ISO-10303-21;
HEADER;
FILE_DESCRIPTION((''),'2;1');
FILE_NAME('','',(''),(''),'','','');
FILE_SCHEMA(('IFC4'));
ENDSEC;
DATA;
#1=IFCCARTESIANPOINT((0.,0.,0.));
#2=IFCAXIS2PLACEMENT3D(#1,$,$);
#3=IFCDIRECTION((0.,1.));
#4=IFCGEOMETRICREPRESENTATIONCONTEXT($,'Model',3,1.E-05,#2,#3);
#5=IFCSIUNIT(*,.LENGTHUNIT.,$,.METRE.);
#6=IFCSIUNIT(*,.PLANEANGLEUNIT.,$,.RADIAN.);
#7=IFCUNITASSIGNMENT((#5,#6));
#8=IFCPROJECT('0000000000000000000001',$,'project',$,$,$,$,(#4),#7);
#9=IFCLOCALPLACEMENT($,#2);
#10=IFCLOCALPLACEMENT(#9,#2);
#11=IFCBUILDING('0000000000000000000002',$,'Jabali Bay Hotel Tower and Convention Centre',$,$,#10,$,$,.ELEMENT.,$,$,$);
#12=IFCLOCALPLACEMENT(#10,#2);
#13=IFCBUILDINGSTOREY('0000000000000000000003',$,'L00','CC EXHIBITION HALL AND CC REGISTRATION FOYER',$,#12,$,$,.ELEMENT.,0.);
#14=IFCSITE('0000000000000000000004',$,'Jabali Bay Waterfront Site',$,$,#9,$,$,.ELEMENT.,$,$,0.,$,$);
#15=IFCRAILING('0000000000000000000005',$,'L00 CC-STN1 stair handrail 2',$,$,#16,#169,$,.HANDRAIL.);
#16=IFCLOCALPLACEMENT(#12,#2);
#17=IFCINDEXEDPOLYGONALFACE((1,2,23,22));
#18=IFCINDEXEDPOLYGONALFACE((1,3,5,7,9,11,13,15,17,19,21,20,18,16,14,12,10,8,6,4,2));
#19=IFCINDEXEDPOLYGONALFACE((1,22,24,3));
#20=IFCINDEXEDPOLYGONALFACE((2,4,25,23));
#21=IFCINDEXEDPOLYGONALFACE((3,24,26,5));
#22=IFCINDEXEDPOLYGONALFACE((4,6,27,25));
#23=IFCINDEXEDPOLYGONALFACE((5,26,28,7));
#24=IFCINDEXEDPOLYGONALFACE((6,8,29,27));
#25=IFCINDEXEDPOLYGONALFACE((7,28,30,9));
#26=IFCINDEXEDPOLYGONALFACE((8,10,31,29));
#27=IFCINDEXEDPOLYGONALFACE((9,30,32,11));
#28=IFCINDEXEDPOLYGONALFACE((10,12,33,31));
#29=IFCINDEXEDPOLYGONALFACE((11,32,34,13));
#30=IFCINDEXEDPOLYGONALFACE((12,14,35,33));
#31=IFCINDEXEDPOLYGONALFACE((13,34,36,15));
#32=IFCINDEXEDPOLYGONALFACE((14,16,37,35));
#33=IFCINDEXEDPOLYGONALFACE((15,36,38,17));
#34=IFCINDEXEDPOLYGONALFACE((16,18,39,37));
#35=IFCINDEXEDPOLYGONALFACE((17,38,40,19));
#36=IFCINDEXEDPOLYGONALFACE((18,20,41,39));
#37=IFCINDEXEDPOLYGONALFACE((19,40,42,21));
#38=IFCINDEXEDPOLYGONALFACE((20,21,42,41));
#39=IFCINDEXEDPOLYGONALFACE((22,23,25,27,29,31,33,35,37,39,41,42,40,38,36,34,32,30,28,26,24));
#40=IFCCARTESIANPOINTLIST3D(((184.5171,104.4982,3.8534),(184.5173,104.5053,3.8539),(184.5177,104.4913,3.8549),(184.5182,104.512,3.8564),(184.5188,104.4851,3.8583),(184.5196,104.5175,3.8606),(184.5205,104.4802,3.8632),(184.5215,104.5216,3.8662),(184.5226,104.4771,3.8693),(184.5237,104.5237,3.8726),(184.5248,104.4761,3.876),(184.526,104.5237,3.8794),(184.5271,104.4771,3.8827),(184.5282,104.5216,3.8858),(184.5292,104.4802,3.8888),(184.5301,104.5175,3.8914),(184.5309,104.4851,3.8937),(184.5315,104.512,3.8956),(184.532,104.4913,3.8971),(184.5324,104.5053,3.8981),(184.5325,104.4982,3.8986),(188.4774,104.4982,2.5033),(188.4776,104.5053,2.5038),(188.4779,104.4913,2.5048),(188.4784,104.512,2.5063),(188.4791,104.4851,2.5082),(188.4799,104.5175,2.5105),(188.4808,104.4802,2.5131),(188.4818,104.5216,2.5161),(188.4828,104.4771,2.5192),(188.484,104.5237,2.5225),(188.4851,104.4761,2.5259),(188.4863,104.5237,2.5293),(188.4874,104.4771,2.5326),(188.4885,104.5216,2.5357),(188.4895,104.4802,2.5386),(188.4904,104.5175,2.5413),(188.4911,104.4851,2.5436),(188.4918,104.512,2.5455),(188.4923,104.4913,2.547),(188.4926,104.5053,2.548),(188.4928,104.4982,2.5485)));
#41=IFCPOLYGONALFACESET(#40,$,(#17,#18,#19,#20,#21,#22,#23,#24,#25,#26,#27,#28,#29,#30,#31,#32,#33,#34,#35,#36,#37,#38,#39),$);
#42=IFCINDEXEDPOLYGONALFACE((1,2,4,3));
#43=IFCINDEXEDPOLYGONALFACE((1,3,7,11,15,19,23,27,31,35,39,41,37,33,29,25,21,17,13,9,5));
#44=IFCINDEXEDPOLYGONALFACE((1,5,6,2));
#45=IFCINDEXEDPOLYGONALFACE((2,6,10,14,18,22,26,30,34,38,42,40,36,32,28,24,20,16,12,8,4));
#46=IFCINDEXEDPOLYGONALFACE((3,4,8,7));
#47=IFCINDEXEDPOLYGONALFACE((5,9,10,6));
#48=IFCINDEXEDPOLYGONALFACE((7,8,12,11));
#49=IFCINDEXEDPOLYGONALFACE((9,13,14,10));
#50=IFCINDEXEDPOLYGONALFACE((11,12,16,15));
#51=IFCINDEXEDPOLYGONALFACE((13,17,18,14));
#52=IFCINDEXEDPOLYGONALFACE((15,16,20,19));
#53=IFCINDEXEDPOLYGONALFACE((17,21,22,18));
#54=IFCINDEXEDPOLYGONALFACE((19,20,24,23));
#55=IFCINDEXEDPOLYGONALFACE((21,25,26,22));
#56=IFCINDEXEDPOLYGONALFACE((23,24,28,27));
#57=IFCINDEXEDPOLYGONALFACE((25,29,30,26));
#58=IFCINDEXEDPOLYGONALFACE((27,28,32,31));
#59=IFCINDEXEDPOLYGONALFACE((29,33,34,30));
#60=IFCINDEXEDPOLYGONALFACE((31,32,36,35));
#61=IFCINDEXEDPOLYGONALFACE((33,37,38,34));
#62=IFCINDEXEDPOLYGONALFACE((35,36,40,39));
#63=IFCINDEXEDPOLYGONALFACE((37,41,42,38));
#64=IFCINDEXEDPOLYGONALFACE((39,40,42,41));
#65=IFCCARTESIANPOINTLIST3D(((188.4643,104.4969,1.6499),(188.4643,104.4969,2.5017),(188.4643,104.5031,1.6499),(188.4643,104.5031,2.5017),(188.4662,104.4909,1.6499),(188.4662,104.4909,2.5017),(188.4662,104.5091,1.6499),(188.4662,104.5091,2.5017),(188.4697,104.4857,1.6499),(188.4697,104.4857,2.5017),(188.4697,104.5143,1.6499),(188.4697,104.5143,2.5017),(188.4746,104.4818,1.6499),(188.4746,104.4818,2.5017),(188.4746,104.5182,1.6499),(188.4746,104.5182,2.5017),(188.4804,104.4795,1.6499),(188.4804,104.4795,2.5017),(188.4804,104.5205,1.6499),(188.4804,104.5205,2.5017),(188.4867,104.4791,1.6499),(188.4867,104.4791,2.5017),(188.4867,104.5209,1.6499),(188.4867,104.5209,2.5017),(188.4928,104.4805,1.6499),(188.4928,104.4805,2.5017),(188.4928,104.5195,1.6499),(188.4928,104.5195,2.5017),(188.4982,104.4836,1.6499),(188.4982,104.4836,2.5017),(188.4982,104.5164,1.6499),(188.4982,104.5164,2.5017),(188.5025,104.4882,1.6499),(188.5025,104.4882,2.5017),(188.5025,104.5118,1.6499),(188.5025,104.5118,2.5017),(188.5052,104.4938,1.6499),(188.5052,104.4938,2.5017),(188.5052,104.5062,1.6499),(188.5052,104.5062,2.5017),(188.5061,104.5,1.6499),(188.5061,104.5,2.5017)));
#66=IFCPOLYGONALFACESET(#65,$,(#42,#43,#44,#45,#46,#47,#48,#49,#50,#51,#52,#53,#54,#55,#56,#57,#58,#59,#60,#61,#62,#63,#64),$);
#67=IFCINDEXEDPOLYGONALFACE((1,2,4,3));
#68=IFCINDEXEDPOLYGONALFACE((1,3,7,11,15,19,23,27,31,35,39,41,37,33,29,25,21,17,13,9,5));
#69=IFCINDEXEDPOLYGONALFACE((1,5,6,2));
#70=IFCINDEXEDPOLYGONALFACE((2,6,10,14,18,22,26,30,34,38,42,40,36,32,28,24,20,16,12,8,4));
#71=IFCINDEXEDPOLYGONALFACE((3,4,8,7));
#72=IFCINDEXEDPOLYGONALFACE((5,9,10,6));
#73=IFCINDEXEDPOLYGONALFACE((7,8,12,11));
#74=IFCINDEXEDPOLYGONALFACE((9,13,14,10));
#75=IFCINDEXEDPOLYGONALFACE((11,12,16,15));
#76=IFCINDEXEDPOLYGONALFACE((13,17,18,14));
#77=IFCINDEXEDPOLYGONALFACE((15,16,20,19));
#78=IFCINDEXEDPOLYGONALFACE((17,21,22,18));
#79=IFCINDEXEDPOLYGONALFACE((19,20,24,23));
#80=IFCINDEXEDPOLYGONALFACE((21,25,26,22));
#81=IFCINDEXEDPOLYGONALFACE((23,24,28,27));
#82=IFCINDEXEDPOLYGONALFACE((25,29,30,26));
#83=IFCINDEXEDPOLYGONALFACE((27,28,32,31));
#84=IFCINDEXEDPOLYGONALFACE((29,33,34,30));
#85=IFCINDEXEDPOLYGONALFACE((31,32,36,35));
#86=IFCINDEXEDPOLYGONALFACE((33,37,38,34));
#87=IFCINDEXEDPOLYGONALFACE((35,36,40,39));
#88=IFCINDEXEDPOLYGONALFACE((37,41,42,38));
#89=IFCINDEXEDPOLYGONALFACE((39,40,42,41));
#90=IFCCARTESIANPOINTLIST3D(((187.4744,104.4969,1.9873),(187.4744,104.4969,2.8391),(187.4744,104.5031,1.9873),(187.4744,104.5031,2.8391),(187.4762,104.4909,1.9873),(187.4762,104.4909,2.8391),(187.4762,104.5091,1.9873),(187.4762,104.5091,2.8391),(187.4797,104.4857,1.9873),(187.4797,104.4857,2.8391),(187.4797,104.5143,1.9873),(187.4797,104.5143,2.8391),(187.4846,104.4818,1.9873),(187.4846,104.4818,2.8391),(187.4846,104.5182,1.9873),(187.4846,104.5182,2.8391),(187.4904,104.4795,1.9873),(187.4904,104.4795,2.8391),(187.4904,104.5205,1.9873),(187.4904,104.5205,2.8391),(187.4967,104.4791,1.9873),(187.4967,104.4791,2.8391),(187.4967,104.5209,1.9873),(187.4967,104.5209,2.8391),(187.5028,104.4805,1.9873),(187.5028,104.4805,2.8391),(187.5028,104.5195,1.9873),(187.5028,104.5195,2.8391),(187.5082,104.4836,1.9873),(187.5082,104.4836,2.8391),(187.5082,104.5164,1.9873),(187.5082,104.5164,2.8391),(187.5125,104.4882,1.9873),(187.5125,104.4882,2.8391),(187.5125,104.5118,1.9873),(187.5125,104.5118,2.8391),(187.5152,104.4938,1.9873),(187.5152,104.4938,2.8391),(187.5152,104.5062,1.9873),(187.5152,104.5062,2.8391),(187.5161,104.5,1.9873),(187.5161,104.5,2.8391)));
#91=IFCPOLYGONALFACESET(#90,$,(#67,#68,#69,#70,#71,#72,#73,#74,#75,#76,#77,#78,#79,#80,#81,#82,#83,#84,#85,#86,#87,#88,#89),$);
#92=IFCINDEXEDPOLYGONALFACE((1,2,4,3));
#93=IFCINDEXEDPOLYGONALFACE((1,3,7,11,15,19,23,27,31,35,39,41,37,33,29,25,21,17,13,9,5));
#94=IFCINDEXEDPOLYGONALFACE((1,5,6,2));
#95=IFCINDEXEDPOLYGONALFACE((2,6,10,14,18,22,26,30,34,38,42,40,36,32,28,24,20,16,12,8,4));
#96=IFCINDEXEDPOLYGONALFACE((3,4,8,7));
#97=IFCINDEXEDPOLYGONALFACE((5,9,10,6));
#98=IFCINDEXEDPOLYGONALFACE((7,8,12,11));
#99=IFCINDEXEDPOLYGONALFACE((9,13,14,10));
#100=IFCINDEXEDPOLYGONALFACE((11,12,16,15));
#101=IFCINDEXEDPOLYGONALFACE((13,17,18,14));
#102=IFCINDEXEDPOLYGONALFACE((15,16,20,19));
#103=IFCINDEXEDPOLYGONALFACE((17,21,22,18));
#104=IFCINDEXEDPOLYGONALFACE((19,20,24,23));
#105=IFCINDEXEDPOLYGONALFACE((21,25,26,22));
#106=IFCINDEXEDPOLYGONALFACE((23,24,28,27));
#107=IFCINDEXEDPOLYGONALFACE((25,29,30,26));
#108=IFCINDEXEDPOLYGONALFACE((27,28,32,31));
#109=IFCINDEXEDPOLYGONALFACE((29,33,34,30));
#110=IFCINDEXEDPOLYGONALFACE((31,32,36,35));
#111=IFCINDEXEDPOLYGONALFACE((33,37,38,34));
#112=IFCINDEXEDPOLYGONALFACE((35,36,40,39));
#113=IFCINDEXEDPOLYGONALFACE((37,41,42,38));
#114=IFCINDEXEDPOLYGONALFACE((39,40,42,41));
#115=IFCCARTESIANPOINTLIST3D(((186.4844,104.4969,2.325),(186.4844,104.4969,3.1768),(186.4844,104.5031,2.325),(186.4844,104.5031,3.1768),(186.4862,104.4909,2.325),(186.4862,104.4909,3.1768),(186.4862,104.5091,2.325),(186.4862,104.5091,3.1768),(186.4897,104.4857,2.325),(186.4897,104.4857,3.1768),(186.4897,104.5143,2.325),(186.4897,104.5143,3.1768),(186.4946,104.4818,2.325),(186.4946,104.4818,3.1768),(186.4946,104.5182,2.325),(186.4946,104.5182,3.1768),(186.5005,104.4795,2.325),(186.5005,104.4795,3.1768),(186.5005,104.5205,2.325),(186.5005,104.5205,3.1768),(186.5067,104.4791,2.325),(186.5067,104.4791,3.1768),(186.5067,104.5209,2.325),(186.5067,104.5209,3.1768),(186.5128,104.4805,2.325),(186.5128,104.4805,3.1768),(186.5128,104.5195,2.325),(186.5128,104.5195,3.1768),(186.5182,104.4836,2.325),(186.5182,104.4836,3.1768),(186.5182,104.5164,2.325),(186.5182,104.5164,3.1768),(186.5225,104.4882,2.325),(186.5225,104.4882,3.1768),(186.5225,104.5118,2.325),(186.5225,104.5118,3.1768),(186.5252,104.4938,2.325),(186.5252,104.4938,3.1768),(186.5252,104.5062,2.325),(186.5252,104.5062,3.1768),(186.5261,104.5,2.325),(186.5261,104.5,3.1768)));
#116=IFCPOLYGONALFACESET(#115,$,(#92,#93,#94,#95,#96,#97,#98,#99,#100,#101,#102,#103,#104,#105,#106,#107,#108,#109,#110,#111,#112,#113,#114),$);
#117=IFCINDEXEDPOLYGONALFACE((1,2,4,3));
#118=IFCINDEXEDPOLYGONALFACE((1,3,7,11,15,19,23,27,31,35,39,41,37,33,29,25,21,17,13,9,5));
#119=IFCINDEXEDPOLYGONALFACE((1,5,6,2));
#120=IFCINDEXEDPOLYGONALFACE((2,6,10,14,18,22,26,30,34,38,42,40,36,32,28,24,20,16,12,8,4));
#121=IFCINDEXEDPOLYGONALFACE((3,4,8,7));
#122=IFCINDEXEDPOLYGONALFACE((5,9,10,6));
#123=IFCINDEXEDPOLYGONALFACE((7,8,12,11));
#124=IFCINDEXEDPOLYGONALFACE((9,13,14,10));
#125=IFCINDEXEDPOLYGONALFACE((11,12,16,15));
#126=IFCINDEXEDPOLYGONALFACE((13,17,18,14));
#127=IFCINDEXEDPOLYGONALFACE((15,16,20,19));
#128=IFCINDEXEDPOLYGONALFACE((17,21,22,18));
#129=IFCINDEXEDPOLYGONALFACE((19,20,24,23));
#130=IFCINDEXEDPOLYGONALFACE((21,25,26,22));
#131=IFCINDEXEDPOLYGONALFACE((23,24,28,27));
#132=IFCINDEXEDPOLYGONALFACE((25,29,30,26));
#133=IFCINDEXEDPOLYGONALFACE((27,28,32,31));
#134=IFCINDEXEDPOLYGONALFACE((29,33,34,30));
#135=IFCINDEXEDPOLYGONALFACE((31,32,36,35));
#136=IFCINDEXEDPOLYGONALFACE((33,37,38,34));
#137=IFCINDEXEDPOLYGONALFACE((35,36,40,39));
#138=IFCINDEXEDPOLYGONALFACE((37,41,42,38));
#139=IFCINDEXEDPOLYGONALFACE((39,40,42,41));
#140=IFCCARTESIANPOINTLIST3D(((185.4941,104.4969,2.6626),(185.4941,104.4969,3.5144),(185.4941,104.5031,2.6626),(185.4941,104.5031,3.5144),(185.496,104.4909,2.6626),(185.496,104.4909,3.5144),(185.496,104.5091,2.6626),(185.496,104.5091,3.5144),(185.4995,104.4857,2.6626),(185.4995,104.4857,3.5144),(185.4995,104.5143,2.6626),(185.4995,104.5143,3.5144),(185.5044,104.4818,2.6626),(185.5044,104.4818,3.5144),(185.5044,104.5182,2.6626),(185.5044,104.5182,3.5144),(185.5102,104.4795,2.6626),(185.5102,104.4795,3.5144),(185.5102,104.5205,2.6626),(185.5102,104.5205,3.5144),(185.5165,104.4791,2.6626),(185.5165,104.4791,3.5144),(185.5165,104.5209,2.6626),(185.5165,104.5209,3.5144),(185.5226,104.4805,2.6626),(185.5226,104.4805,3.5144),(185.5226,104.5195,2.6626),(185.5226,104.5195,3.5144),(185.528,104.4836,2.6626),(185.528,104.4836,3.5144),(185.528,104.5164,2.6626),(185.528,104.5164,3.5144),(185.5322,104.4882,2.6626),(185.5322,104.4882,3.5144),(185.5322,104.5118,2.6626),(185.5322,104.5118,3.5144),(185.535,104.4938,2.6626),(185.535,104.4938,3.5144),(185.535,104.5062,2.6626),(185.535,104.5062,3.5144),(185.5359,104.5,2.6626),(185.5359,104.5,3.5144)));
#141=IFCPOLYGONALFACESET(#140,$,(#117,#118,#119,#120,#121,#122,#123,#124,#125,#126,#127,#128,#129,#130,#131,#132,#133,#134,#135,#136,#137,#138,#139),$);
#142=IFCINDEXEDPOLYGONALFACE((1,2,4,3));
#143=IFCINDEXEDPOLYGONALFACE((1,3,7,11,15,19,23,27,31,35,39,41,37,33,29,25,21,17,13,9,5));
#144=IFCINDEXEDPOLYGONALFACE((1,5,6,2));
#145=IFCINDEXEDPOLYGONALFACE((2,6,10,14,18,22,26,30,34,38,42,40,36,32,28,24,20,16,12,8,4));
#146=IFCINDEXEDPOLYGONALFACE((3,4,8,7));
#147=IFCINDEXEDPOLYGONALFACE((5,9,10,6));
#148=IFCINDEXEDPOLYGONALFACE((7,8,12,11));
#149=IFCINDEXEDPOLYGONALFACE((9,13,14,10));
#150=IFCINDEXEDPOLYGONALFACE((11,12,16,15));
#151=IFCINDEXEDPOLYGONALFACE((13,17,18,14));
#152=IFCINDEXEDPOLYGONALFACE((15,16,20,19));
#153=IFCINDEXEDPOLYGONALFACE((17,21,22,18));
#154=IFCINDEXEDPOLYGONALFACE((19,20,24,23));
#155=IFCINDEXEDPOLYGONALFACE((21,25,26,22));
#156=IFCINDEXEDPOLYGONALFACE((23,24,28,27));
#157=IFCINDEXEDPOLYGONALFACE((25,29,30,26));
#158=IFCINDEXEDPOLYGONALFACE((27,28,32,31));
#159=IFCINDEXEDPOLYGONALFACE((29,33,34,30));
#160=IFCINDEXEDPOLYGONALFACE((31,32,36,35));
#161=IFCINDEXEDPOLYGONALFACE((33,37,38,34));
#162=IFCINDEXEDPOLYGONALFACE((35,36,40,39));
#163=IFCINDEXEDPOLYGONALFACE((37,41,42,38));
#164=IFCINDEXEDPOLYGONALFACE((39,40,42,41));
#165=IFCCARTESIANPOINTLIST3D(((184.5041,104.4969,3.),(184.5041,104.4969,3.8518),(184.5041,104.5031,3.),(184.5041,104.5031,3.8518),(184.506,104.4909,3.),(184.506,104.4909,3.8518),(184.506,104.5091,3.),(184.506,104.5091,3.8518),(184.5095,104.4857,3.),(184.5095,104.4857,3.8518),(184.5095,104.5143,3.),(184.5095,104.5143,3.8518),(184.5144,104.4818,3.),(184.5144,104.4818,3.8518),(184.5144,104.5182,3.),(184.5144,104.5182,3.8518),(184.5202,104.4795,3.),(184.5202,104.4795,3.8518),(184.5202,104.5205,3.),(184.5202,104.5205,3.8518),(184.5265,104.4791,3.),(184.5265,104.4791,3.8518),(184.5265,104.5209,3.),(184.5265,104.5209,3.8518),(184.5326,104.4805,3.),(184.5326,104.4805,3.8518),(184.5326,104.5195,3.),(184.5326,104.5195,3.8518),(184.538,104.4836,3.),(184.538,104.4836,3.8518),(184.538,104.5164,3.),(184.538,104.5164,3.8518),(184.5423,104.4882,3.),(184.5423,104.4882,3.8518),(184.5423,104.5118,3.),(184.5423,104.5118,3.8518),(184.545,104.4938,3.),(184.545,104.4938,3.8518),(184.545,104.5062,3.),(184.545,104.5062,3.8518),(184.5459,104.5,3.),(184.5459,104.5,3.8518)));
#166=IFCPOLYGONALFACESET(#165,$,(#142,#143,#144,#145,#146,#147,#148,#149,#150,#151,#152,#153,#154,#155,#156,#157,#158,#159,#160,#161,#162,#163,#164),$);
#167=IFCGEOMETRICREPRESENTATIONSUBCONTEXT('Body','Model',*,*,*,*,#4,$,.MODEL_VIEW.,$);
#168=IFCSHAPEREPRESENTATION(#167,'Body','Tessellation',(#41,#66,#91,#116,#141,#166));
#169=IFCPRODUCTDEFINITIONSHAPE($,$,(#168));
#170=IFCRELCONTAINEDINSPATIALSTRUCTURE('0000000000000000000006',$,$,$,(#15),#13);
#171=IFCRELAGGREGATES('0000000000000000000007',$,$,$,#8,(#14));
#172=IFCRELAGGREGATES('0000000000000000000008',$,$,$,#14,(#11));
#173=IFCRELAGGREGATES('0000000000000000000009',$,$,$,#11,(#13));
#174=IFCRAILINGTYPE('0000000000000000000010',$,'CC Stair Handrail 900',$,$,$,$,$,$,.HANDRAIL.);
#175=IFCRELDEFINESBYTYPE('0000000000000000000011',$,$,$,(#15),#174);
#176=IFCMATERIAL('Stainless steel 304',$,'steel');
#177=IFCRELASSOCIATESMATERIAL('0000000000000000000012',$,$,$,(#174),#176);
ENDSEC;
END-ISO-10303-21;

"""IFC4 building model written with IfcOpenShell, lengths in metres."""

from ifc_helpers import new_model, si_unit, direction, frame, origin, origin_2d, place, context, subcontext, project, spatial, circle, extrude, material, type_object, element, save


model = new_model("IFC4")

# Units and contexts
model_context = context("Model", 3, precision=1e-05, world=origin(), true_north=direction((0.0, 1.0)))
body_context = subcontext(model_context, "Body", "Model", "MODEL_VIEW")
ifc_project = project(units=[si_unit("LENGTHUNIT", "METRE"), si_unit("PLANEANGLEUNIT", "RADIAN")], contexts=[model_context])

# Site, building, storey
site_placement = place(None, origin())
site = spatial("IfcSite", under=ifc_project, at=site_placement, Name="Jabali Bay Waterfront Site", CompositionType="ELEMENT", RefElevation=0.0)
building_placement = place(site_placement, origin())
building = spatial("IfcBuilding", under=site, at=building_placement, Name="Jabali Bay Hotel Tower and Convention Centre", CompositionType="ELEMENT")
storey_placement = place(building_placement, origin())
storey = spatial("IfcBuildingStorey", under=building, at=storey_placement, Name="L00", Description="CC EXHIBITION HALL AND CC REGISTRATION FOYER", CompositionType="ELEMENT", Elevation=0.0)

# Railing
ifc_material_1 = material(Name="Stainless steel 304", Category="steel")
railing_type_1 = type_object("IfcRailingType", Name="CC Stair Handrail 900", PredefinedType="HANDRAIL", material=ifc_material_1)
for number, where, name in (
    (1, (188.4851, 104.5, 1.6499), "L00 CC-STN1 stair handrail 2"),
):
    element("IfcRailing", number, at=place(storey_placement, frame(where)), inside=storey, type_object=railing_type_1, Name=name, PredefinedType="HANDRAIL", context=body_context, shape_type="SweptSolid", body=[
        extrude(circle(Radius=0.0239, at=origin_2d()), frame((0.0, 0.0, 0.876), z_axis=(-0.946508, 0.0, 0.32268), x_axis=(0.0, -1.0, 0.0)), (0.0, 0.0, 1.0), 4.1841),
        extrude(circle(Radius=0.021, at=origin_2d()), origin(), (0.0, 0.0, 1.0), 0.8518),
        extrude(circle(Radius=0.021, at=origin_2d()), frame((-0.99, 0.0, 0.3374)), (0.0, 0.0, 1.0), 0.8518),
        extrude(circle(Radius=0.021, at=origin_2d()), frame((-1.98, 0.0, 0.675)), (0.0, 0.0, 1.0), 0.8518),
        extrude(circle(Radius=0.021, at=origin_2d()), frame((-2.9702, 0.0, 1.0127)), (0.0, 0.0, 1.0), 0.8518),
        extrude(circle(Radius=0.021, at=origin_2d()), frame((-3.9602, 0.0, 1.3501)), (0.0, 0.0, 1.0), 0.8518),
    ])

save(model, "model.ifc")
